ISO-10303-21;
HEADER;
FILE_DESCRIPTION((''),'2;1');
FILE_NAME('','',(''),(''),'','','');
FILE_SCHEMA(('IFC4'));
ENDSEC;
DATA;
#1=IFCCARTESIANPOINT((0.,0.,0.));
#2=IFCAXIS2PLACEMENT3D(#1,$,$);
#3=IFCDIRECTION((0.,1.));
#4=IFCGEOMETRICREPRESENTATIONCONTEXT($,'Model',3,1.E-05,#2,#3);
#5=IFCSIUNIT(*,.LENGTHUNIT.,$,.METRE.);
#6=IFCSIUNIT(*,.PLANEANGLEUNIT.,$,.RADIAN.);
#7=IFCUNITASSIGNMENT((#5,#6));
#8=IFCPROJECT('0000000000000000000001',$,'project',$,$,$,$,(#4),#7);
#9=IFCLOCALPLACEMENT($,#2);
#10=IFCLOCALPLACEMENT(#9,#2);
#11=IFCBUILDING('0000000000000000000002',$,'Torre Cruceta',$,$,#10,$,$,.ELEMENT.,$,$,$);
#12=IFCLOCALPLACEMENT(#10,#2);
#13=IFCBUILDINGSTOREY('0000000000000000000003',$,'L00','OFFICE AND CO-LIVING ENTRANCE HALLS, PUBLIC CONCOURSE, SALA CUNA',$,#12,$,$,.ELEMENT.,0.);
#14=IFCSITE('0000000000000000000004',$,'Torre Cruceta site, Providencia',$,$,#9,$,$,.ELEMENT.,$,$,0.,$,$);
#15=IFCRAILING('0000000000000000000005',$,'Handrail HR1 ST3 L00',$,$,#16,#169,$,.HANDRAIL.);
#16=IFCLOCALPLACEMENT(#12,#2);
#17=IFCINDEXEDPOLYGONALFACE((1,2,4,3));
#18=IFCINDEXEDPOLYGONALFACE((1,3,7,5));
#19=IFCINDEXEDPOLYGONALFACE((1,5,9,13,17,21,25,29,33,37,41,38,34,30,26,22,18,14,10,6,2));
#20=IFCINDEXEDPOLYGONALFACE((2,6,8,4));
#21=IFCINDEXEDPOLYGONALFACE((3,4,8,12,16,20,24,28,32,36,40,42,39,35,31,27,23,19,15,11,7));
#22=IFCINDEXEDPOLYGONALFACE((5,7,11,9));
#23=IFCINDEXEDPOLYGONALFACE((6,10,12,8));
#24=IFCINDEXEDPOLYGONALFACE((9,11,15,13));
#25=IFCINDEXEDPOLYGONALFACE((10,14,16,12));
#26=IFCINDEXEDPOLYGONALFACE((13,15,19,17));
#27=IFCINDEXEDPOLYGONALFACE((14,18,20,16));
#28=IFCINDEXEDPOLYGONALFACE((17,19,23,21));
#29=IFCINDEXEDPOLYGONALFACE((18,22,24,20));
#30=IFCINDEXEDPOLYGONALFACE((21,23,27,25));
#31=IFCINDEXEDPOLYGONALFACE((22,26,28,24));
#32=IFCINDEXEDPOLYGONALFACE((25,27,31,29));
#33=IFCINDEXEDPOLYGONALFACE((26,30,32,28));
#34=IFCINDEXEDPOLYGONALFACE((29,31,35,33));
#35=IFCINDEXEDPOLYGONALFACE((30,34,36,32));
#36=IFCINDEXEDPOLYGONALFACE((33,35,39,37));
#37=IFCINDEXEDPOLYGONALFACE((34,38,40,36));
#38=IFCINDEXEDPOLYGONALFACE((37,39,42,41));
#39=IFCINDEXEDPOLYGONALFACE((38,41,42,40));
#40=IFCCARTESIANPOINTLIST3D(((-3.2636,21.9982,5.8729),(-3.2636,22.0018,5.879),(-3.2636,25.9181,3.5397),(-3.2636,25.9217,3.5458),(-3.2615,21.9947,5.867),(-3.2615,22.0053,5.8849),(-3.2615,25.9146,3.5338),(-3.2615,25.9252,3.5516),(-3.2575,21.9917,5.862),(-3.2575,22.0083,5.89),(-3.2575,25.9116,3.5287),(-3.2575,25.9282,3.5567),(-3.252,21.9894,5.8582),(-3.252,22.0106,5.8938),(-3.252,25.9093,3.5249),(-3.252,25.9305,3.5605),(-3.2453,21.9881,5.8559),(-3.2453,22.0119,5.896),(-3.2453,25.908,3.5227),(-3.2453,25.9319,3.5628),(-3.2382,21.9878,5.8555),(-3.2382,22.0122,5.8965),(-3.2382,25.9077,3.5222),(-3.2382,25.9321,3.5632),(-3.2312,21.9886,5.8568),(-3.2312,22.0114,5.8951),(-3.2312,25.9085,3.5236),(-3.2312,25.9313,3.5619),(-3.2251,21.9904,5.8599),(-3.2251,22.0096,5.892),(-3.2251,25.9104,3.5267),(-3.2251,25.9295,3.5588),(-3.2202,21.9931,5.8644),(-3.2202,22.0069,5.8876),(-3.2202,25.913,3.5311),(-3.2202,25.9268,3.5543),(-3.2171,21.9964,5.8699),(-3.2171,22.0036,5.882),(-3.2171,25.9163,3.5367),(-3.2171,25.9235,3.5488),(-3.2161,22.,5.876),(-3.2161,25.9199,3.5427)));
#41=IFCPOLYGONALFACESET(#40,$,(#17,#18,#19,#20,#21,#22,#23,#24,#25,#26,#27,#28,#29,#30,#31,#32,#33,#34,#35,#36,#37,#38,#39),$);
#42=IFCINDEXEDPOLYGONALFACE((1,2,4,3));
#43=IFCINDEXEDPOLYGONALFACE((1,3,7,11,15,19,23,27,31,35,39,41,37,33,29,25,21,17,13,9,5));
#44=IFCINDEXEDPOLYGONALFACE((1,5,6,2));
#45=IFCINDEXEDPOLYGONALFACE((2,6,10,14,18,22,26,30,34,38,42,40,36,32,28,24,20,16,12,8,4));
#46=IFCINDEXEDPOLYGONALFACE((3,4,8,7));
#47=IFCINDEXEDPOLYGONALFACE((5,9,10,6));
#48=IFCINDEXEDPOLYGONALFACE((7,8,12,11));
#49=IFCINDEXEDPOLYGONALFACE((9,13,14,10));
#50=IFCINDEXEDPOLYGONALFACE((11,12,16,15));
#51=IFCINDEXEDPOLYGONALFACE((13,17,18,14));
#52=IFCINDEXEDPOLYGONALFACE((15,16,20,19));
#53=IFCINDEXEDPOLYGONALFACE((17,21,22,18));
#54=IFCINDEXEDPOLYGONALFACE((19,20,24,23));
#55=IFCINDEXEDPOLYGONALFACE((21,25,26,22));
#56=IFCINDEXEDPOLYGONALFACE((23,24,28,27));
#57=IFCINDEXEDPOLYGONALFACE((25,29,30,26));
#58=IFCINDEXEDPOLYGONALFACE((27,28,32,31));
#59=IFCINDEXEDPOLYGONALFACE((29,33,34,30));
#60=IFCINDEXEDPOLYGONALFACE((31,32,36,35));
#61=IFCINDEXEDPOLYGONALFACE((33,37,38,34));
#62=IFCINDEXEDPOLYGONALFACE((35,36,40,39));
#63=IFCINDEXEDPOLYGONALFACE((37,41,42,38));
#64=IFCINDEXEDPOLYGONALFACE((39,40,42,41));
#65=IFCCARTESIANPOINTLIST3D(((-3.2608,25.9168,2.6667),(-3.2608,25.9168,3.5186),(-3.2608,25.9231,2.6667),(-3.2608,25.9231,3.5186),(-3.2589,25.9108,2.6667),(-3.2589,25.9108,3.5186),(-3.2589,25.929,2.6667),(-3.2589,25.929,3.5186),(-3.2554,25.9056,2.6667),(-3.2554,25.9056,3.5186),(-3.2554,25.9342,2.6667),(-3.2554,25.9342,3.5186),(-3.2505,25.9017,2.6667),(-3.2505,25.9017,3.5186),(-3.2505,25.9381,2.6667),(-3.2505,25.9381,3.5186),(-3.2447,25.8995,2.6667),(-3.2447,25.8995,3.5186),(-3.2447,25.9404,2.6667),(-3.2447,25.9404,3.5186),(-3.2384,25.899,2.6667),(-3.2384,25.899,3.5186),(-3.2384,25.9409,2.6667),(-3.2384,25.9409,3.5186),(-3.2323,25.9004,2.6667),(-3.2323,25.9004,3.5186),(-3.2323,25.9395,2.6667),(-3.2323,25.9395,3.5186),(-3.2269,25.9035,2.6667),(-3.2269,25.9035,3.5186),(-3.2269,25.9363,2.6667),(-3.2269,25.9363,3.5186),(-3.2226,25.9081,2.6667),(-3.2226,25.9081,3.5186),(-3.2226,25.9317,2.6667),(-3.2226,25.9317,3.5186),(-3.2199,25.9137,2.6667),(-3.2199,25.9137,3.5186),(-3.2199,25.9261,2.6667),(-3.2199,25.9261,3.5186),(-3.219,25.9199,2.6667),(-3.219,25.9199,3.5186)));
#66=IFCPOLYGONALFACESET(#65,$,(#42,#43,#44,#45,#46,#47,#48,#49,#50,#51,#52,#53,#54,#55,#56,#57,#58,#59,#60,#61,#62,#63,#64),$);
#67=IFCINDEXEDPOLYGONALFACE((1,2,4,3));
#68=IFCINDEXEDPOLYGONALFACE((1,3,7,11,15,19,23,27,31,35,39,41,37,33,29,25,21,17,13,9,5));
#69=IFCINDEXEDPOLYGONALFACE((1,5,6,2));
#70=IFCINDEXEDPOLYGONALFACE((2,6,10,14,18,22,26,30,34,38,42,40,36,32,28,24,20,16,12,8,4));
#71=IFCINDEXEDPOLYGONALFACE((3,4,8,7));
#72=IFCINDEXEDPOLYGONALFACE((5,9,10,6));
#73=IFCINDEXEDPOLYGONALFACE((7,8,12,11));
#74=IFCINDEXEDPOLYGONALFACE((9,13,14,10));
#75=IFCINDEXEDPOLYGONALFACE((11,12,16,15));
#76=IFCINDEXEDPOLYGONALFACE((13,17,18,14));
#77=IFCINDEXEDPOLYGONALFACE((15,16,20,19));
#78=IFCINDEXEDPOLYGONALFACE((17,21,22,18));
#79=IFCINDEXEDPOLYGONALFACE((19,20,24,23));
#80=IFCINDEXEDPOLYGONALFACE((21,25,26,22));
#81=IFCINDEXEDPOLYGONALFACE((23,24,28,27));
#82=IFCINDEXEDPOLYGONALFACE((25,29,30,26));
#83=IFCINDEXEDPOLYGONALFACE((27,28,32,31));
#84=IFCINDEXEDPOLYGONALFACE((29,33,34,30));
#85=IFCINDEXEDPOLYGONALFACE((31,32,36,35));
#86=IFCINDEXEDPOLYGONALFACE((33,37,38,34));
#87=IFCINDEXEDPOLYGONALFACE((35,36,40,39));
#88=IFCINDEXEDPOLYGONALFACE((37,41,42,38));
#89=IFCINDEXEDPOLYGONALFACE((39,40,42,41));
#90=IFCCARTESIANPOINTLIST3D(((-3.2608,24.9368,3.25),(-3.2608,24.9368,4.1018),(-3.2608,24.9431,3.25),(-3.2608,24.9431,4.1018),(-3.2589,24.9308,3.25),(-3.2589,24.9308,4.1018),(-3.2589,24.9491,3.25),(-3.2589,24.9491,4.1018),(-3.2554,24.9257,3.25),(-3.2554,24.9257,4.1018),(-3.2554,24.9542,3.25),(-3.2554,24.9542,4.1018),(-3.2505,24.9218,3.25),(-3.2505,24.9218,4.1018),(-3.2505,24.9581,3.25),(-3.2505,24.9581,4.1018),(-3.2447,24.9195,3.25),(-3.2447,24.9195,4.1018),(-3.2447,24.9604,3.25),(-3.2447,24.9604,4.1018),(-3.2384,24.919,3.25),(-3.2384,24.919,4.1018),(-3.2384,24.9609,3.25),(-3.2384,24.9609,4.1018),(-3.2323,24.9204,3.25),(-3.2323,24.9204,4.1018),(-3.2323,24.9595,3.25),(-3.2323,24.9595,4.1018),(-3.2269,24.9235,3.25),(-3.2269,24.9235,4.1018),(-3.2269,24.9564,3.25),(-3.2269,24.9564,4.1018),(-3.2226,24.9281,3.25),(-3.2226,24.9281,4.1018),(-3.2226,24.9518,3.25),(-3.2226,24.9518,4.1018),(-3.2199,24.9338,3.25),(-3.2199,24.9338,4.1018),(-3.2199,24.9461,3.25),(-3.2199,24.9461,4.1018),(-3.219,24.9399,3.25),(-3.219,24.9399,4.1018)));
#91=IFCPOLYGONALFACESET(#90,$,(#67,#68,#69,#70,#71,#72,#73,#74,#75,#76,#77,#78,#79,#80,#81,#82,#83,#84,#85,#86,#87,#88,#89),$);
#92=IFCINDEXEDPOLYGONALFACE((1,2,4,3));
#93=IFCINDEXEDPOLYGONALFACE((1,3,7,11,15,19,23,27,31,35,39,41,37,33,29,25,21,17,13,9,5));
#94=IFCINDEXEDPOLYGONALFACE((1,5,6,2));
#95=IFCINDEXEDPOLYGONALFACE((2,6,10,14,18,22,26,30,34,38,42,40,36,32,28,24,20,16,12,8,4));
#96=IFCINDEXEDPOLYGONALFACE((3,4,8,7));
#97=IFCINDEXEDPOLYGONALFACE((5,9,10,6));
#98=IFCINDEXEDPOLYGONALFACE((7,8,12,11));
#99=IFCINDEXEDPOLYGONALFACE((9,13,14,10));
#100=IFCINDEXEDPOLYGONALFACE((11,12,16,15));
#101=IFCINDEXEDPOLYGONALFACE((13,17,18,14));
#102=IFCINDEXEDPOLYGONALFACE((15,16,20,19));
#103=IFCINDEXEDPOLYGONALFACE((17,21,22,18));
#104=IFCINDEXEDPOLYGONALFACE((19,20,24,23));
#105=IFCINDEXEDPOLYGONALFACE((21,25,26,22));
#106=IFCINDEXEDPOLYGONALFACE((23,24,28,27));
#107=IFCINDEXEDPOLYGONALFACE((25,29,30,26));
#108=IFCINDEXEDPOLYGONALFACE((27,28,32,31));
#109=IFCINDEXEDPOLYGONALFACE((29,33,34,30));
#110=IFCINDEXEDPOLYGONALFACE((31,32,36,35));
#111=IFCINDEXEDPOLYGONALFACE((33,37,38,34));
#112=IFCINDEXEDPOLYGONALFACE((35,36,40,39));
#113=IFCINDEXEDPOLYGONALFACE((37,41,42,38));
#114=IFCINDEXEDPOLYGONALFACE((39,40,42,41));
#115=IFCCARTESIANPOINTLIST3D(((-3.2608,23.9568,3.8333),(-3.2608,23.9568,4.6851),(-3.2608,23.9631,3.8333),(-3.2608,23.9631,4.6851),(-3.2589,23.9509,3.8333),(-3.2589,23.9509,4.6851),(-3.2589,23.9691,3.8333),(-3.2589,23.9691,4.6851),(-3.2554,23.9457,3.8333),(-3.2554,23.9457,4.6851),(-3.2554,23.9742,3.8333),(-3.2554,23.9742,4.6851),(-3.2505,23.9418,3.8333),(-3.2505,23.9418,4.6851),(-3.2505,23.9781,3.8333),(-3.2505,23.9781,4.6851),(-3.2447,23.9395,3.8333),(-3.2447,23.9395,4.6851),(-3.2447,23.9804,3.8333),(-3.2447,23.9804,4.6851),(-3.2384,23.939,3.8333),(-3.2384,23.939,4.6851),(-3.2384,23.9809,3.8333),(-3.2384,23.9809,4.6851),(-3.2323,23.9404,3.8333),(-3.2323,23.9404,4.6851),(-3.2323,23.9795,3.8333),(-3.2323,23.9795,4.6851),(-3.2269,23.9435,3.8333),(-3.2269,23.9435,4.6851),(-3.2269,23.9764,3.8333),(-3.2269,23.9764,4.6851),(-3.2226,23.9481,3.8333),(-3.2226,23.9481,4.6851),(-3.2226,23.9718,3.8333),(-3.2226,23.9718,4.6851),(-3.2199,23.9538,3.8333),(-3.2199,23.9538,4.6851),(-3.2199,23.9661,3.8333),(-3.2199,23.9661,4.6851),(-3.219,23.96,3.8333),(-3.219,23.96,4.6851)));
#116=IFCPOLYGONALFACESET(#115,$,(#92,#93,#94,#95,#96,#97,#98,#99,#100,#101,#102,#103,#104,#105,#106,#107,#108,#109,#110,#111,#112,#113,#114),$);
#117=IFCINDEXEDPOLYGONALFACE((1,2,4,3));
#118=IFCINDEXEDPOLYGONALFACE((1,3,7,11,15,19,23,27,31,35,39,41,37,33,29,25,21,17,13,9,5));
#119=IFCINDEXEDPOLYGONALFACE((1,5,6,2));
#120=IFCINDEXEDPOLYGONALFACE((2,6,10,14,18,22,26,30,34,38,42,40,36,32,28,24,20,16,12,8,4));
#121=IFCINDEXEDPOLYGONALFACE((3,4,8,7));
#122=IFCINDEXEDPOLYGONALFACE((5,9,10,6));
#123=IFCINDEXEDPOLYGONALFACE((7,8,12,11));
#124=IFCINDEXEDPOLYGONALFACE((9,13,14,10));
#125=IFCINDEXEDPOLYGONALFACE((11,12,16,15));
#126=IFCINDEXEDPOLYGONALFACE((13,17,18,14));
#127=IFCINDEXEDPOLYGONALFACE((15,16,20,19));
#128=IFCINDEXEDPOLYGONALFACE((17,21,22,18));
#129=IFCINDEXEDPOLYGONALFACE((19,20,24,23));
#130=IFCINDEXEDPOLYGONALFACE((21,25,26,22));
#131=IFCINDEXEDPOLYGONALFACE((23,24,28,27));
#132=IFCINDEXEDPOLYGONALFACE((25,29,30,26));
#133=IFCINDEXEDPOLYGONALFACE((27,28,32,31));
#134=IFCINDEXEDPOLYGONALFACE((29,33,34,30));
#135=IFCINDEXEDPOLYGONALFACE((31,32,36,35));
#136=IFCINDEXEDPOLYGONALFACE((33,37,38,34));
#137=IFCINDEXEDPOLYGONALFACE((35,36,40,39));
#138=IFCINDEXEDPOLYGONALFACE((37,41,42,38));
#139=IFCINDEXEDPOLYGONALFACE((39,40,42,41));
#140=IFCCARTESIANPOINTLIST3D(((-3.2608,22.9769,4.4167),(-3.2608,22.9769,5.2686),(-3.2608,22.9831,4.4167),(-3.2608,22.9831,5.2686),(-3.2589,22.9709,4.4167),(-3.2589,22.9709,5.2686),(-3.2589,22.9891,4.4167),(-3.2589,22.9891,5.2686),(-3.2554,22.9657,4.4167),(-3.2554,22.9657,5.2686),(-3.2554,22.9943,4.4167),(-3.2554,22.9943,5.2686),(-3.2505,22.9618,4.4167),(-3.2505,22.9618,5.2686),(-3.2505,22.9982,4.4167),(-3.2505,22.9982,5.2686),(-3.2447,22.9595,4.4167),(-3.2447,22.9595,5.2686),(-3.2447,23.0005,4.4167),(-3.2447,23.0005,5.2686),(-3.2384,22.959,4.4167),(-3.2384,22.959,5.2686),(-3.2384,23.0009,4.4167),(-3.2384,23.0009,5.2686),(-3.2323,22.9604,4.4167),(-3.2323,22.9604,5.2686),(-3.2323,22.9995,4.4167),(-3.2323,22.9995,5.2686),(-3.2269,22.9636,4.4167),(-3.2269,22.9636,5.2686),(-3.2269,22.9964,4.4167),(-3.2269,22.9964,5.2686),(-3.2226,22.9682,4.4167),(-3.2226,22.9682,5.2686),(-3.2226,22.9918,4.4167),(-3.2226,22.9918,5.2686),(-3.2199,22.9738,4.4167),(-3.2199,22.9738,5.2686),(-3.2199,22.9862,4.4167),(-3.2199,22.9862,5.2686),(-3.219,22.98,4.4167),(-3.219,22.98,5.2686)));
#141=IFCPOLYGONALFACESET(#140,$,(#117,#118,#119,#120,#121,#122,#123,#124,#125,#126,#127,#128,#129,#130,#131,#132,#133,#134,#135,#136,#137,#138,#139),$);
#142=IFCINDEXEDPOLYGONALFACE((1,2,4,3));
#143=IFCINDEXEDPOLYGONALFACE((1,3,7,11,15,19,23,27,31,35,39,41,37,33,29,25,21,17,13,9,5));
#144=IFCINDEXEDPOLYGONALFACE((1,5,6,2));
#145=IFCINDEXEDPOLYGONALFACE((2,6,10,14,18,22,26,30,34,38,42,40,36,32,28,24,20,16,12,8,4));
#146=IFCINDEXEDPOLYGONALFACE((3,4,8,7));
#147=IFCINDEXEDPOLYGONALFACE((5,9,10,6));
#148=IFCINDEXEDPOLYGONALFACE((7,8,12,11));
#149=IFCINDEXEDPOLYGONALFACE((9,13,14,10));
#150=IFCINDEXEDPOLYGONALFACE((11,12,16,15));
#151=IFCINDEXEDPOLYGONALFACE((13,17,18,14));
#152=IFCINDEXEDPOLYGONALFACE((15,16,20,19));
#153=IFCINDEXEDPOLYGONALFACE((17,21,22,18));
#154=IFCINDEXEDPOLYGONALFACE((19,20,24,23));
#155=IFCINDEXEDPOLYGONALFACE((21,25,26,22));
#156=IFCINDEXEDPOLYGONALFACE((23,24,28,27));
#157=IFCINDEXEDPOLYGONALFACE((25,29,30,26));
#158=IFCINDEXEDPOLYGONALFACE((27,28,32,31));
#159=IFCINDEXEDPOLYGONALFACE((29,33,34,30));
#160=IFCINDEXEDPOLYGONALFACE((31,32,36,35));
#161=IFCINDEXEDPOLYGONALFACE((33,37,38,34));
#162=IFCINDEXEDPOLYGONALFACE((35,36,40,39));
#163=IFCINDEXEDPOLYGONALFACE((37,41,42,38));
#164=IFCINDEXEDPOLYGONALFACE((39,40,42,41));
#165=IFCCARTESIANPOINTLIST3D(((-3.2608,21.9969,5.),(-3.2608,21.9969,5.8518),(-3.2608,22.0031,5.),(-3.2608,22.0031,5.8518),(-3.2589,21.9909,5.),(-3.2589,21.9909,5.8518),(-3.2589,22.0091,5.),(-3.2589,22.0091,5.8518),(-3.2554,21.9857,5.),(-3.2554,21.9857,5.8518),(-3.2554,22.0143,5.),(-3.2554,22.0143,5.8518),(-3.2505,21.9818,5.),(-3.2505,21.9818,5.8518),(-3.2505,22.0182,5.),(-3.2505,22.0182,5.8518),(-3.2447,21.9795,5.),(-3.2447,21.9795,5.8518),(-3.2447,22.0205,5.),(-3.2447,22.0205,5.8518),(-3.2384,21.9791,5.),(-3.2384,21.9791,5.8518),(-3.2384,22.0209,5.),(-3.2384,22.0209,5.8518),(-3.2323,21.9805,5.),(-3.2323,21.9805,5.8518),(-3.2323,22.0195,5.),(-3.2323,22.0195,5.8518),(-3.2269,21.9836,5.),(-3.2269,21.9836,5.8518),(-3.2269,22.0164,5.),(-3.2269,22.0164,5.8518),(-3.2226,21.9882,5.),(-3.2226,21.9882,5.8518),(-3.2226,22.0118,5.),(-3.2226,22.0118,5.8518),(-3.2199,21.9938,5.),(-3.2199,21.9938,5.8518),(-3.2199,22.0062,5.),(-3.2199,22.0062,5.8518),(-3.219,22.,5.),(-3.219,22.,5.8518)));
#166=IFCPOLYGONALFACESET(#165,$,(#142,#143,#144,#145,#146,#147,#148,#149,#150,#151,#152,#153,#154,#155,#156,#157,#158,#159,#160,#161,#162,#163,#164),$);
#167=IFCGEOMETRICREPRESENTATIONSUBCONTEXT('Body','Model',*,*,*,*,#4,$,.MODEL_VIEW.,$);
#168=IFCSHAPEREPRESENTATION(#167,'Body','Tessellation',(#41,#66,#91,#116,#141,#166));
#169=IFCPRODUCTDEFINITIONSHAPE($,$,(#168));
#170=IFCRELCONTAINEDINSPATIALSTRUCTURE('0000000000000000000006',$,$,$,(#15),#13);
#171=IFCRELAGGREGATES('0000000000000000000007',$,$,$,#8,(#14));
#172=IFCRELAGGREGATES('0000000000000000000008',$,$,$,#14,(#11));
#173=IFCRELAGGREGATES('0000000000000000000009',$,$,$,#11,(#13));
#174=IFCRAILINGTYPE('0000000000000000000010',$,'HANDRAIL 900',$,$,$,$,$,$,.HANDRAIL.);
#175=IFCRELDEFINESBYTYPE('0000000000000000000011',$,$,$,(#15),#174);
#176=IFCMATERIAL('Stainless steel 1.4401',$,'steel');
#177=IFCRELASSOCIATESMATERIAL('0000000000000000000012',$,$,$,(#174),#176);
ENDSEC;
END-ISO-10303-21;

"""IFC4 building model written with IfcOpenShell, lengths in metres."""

from ifc_helpers import new_model, si_unit, direction, frame, origin, origin_2d, place, context, subcontext, project, spatial, circle, extrude, material, type_object, element, save


model = new_model("IFC4")

# Units and contexts
model_context = context("Model", 3, precision=1e-05, world=origin(), true_north=direction((0.0, 1.0)))
body_context = subcontext(model_context, "Body", "Model", "MODEL_VIEW")
ifc_project = project(units=[si_unit("LENGTHUNIT", "METRE"), si_unit("PLANEANGLEUNIT", "RADIAN")], contexts=[model_context])

# Site, building, storey
site_placement = place(None, origin())
site = spatial("IfcSite", under=ifc_project, at=site_placement, Name="Torre Cruceta site, Providencia", CompositionType="ELEMENT", RefElevation=0.0)
building_placement = place(site_placement, origin())
building = spatial("IfcBuilding", under=site, at=building_placement, Name="Torre Cruceta", CompositionType="ELEMENT")
storey_placement = place(building_placement, origin())
storey = spatial("IfcBuildingStorey", under=building, at=storey_placement, Name="L00", Description="OFFICE AND CO-LIVING ENTRANCE HALLS, PUBLIC CONCOURSE, SALA CUNA", CompositionType="ELEMENT", Elevation=0.0)

# Railing
ifc_material_1 = material(Name="Stainless steel 1.4401", Category="steel")
railing_type_1 = type_object("IfcRailingType", Name="HANDRAIL 900", PredefinedType="HANDRAIL", material=ifc_material_1)
railing_1_placement = place(storey_placement, frame((-3.24, 25.9199, 2.6667)))
element("IfcRailing", 1, at=railing_1_placement, inside=storey, type_object=railing_type_1, Name="Handrail HR1 ST3 L00", PredefinedType="HANDRAIL", context=body_context, shape_type="SweptSolid", body=[
    extrude(circle(Radius=0.0239, at=origin_2d()), frame((0.0, 0.0, 0.876), z_axis=(0.0, -0.859296, 0.511478), x_axis=(1.0, 0.0, 0.0)), (0.0, 0.0, 1.0), 4.5618),
    extrude(circle(Radius=0.021, at=origin_2d()), origin(), (0.0, 0.0, 1.0), 0.8518),
    extrude(circle(Radius=0.021, at=origin_2d()), frame((0.0, -0.98, 0.5833)), (0.0, 0.0, 1.0), 0.8518),
    extrude(circle(Radius=0.021, at=origin_2d()), frame((0.0, -1.96, 1.1665)), (0.0, 0.0, 1.0), 0.8518),
    extrude(circle(Radius=0.021, at=origin_2d()), frame((0.0, -2.9399, 1.75)), (0.0, 0.0, 1.0), 0.8518),
    extrude(circle(Radius=0.021, at=origin_2d()), frame((0.0, -3.9199, 2.3333)), (0.0, 0.0, 1.0), 0.8518),
])

save(model, "model.ifc")
